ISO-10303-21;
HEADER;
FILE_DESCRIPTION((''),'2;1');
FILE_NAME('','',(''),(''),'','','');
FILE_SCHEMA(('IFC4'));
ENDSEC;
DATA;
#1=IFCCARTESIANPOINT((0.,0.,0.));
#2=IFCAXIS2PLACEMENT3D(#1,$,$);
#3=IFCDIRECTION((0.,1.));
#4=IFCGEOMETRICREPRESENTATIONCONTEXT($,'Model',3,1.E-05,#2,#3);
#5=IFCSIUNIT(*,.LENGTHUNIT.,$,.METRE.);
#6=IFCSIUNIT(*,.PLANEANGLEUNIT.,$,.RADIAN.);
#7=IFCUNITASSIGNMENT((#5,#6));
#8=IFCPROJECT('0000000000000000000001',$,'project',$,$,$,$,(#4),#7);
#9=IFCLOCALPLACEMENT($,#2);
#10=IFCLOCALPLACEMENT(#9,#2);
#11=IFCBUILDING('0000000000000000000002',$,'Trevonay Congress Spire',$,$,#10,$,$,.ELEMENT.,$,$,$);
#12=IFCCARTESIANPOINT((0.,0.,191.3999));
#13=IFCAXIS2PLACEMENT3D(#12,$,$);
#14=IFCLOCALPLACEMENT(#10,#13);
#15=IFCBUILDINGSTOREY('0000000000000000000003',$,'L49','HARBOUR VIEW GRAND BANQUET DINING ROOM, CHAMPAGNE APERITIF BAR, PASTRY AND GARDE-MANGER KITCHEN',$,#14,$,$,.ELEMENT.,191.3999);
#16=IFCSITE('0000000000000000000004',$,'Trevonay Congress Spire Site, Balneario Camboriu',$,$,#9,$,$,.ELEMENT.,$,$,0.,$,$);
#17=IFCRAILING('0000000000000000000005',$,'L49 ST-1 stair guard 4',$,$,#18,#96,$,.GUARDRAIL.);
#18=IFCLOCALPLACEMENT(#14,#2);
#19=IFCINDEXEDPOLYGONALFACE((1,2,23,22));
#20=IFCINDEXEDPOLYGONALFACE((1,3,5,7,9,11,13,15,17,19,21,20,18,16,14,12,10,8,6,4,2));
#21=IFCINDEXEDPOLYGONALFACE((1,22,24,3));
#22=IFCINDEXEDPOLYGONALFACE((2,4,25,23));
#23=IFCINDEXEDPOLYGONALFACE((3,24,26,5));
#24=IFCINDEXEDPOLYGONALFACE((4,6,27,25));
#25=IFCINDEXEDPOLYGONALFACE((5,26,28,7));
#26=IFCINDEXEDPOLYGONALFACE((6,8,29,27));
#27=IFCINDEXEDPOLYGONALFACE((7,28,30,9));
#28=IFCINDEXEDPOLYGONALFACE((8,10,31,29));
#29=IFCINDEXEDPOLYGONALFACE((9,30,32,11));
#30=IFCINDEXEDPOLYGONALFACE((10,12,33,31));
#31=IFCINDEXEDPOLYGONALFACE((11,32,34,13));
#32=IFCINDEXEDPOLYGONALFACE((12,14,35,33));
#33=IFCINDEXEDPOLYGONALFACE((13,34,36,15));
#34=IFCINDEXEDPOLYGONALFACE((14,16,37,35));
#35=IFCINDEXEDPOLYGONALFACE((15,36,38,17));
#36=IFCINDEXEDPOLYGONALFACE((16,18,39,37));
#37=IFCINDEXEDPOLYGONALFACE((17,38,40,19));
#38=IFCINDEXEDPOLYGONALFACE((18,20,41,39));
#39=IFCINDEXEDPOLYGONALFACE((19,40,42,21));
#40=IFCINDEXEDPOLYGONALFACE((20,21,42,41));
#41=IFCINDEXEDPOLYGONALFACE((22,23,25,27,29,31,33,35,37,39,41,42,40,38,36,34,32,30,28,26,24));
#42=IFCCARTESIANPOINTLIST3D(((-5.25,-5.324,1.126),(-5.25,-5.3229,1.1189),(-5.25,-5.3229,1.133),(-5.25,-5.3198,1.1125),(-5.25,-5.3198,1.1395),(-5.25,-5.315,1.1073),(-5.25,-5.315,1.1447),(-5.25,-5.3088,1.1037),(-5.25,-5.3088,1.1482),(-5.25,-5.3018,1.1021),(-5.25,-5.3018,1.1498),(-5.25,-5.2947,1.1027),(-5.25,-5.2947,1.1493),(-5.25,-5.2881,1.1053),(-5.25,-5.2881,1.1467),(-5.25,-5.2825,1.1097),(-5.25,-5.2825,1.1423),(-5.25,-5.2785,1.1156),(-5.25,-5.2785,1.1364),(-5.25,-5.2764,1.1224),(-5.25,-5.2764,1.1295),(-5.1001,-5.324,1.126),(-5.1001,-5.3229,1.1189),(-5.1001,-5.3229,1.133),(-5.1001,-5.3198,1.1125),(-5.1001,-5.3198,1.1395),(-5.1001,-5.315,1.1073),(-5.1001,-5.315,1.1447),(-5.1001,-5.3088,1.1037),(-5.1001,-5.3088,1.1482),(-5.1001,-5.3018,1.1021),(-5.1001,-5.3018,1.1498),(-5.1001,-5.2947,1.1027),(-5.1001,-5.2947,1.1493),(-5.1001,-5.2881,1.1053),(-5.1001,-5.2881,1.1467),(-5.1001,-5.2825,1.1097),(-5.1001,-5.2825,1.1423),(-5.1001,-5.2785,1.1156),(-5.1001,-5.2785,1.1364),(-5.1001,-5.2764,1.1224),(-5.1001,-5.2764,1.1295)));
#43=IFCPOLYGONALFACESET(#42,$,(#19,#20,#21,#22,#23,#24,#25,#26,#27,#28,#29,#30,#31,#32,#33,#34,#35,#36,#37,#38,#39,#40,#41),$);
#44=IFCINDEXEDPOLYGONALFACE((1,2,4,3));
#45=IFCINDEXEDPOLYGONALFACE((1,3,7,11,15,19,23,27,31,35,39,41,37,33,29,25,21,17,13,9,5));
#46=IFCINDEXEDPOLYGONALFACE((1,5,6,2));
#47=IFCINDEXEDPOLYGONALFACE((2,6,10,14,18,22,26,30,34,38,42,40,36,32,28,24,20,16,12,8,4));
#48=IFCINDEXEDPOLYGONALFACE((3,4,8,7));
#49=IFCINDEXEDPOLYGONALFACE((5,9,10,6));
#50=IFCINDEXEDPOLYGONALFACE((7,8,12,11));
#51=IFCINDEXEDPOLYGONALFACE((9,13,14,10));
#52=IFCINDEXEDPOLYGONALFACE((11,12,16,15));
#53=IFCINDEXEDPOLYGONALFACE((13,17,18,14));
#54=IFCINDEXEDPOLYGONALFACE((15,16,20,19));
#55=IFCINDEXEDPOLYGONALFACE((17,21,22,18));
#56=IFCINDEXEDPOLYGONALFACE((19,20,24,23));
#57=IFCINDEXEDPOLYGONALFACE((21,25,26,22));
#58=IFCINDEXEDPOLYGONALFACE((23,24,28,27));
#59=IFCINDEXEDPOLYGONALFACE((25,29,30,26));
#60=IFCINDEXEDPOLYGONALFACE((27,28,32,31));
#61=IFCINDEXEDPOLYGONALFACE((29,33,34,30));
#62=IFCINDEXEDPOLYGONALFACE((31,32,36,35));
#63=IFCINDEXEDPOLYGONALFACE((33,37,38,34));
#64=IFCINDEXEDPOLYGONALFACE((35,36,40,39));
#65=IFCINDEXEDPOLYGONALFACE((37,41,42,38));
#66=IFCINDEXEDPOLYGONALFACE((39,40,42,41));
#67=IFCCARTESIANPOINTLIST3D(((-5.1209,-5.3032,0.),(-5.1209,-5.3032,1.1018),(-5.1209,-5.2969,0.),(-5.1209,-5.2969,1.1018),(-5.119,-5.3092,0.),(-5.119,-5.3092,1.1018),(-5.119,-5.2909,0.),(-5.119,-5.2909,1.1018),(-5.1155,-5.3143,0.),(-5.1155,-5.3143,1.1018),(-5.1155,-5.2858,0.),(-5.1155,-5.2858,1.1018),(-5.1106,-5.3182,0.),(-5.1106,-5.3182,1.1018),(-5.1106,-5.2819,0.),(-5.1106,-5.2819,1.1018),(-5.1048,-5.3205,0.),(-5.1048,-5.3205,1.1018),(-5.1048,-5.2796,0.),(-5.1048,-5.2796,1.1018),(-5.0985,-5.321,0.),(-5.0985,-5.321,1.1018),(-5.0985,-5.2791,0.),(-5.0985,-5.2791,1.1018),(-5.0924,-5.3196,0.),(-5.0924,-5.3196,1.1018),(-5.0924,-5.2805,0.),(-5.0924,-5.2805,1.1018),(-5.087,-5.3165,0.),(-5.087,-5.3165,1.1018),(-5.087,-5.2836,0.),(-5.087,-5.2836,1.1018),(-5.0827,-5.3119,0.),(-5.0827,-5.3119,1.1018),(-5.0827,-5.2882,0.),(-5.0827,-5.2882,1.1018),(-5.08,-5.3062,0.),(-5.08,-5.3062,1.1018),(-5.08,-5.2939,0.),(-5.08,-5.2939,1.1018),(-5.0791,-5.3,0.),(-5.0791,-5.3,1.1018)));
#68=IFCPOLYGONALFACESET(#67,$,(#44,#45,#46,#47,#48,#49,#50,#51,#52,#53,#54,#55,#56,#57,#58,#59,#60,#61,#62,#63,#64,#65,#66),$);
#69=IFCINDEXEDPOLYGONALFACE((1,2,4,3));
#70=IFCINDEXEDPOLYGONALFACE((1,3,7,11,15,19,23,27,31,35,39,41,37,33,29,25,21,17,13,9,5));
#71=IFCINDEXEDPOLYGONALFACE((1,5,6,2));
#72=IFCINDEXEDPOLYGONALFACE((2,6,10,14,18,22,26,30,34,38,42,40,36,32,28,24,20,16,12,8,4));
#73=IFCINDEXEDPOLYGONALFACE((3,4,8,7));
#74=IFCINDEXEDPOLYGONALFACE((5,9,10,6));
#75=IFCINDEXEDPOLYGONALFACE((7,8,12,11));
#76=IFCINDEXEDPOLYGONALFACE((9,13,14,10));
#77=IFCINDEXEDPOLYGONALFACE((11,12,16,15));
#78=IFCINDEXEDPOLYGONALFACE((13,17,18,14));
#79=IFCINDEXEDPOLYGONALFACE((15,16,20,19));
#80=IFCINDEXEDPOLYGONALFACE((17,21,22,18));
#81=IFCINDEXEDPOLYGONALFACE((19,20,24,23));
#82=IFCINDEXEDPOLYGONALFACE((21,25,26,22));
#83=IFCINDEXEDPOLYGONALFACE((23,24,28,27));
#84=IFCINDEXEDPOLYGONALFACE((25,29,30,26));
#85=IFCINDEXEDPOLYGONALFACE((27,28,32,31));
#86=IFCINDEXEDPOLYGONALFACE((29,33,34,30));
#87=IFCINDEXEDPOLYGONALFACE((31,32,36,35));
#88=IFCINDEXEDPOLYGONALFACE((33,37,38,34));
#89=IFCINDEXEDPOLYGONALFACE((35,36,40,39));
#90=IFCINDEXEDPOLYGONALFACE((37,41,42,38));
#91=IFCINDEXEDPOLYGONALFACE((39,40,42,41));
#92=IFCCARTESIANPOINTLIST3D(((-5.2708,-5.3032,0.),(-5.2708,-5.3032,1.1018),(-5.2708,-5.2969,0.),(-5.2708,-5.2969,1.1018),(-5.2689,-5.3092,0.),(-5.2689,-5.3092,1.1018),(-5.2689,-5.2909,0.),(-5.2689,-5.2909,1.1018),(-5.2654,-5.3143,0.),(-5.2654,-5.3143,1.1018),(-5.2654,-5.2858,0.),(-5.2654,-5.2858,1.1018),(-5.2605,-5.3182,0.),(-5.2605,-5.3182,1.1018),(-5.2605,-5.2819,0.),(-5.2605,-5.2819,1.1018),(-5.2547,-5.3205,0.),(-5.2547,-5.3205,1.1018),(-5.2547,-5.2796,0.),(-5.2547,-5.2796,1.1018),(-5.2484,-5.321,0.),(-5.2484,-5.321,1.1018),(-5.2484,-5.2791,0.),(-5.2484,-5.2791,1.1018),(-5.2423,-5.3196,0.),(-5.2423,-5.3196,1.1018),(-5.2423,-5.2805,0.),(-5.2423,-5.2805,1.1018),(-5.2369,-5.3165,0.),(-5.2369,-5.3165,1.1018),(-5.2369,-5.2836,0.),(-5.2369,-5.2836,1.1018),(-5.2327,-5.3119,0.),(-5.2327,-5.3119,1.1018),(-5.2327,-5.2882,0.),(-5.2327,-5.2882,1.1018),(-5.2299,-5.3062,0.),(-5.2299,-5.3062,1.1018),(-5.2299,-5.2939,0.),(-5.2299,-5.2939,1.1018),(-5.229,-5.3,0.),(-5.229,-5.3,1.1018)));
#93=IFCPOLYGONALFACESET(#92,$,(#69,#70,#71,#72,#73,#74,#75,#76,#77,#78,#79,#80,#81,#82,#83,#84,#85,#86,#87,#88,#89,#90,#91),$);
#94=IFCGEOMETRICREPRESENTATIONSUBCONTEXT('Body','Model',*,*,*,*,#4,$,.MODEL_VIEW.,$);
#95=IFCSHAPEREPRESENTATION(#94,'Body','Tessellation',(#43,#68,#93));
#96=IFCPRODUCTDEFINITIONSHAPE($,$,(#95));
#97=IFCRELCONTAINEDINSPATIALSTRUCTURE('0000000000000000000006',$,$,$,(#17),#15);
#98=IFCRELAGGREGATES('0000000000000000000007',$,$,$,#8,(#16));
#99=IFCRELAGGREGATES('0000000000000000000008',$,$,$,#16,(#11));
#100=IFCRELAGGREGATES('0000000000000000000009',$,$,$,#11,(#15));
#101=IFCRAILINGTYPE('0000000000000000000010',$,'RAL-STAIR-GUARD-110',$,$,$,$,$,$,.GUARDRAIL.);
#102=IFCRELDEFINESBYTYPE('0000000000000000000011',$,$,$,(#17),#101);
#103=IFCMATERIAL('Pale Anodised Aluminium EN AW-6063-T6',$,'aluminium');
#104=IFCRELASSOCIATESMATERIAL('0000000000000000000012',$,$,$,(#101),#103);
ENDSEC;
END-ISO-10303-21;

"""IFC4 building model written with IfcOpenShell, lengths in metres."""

from ifc_helpers import new_model, si_unit, direction, frame, origin, origin_2d, place, context, subcontext, project, spatial, circle, extrude, material, type_object, element, save


model = new_model("IFC4")

# Units and contexts
model_context = context("Model", 3, precision=1e-05, world=origin(), true_north=direction((0.0, 1.0)))
body_context = subcontext(model_context, "Body", "Model", "MODEL_VIEW")
ifc_project = project(units=[si_unit("LENGTHUNIT", "METRE"), si_unit("PLANEANGLEUNIT", "RADIAN")], contexts=[model_context])

# Site, building, storey
site_placement = place(None, origin())
site = spatial("IfcSite", under=ifc_project, at=site_placement, Name="Trevonay Congress Spire Site, Balneario Camboriu", CompositionType="ELEMENT", RefElevation=0.0)
building_placement = place(site_placement, origin())
building = spatial("IfcBuilding", under=site, at=building_placement, Name="Trevonay Congress Spire", CompositionType="ELEMENT")
storey_placement = place(building_placement, frame((0.0, 0.0, 191.3999)))
storey = spatial("IfcBuildingStorey", under=building, at=storey_placement, Name="L49", Description="HARBOUR VIEW GRAND BANQUET DINING ROOM, CHAMPAGNE APERITIF BAR, PASTRY AND GARDE-MANGER KITCHEN", CompositionType="ELEMENT", Elevation=191.3999)

# Railing
ifc_material_1 = material(Name="Pale Anodised Aluminium EN AW-6063-T6", Category="aluminium")
railing_type_1 = type_object("IfcRailingType", Name="RAL-STAIR-GUARD-110", PredefinedType="GUARDRAIL", material=ifc_material_1)
railing_1_placement = place(storey_placement, frame((-5.1001, -5.3, 0.0)))
element("IfcRailing", 1, at=railing_1_placement, inside=storey, type_object=railing_type_1, Name="L49 ST-1 stair guard 4", PredefinedType="GUARDRAIL", context=body_context, shape_type="SweptSolid", body=[
    extrude(circle(Radius=0.0239, at=origin_2d()), frame((0.0, 0.0, 1.126), z_axis=(-1.0, 0.0, 0.0), x_axis=(0.0, -1.0, 0.0)), (0.0, 0.0, 1.0), 0.1499),
    extrude(circle(Radius=0.021, at=origin_2d()), origin(), (0.0, 0.0, 1.0), 1.1018),
    extrude(circle(Radius=0.021, at=origin_2d()), frame((-0.1499, 0.0, 0.0)), (0.0, 0.0, 1.0), 1.1018),
])

save(model, "model.ifc")
